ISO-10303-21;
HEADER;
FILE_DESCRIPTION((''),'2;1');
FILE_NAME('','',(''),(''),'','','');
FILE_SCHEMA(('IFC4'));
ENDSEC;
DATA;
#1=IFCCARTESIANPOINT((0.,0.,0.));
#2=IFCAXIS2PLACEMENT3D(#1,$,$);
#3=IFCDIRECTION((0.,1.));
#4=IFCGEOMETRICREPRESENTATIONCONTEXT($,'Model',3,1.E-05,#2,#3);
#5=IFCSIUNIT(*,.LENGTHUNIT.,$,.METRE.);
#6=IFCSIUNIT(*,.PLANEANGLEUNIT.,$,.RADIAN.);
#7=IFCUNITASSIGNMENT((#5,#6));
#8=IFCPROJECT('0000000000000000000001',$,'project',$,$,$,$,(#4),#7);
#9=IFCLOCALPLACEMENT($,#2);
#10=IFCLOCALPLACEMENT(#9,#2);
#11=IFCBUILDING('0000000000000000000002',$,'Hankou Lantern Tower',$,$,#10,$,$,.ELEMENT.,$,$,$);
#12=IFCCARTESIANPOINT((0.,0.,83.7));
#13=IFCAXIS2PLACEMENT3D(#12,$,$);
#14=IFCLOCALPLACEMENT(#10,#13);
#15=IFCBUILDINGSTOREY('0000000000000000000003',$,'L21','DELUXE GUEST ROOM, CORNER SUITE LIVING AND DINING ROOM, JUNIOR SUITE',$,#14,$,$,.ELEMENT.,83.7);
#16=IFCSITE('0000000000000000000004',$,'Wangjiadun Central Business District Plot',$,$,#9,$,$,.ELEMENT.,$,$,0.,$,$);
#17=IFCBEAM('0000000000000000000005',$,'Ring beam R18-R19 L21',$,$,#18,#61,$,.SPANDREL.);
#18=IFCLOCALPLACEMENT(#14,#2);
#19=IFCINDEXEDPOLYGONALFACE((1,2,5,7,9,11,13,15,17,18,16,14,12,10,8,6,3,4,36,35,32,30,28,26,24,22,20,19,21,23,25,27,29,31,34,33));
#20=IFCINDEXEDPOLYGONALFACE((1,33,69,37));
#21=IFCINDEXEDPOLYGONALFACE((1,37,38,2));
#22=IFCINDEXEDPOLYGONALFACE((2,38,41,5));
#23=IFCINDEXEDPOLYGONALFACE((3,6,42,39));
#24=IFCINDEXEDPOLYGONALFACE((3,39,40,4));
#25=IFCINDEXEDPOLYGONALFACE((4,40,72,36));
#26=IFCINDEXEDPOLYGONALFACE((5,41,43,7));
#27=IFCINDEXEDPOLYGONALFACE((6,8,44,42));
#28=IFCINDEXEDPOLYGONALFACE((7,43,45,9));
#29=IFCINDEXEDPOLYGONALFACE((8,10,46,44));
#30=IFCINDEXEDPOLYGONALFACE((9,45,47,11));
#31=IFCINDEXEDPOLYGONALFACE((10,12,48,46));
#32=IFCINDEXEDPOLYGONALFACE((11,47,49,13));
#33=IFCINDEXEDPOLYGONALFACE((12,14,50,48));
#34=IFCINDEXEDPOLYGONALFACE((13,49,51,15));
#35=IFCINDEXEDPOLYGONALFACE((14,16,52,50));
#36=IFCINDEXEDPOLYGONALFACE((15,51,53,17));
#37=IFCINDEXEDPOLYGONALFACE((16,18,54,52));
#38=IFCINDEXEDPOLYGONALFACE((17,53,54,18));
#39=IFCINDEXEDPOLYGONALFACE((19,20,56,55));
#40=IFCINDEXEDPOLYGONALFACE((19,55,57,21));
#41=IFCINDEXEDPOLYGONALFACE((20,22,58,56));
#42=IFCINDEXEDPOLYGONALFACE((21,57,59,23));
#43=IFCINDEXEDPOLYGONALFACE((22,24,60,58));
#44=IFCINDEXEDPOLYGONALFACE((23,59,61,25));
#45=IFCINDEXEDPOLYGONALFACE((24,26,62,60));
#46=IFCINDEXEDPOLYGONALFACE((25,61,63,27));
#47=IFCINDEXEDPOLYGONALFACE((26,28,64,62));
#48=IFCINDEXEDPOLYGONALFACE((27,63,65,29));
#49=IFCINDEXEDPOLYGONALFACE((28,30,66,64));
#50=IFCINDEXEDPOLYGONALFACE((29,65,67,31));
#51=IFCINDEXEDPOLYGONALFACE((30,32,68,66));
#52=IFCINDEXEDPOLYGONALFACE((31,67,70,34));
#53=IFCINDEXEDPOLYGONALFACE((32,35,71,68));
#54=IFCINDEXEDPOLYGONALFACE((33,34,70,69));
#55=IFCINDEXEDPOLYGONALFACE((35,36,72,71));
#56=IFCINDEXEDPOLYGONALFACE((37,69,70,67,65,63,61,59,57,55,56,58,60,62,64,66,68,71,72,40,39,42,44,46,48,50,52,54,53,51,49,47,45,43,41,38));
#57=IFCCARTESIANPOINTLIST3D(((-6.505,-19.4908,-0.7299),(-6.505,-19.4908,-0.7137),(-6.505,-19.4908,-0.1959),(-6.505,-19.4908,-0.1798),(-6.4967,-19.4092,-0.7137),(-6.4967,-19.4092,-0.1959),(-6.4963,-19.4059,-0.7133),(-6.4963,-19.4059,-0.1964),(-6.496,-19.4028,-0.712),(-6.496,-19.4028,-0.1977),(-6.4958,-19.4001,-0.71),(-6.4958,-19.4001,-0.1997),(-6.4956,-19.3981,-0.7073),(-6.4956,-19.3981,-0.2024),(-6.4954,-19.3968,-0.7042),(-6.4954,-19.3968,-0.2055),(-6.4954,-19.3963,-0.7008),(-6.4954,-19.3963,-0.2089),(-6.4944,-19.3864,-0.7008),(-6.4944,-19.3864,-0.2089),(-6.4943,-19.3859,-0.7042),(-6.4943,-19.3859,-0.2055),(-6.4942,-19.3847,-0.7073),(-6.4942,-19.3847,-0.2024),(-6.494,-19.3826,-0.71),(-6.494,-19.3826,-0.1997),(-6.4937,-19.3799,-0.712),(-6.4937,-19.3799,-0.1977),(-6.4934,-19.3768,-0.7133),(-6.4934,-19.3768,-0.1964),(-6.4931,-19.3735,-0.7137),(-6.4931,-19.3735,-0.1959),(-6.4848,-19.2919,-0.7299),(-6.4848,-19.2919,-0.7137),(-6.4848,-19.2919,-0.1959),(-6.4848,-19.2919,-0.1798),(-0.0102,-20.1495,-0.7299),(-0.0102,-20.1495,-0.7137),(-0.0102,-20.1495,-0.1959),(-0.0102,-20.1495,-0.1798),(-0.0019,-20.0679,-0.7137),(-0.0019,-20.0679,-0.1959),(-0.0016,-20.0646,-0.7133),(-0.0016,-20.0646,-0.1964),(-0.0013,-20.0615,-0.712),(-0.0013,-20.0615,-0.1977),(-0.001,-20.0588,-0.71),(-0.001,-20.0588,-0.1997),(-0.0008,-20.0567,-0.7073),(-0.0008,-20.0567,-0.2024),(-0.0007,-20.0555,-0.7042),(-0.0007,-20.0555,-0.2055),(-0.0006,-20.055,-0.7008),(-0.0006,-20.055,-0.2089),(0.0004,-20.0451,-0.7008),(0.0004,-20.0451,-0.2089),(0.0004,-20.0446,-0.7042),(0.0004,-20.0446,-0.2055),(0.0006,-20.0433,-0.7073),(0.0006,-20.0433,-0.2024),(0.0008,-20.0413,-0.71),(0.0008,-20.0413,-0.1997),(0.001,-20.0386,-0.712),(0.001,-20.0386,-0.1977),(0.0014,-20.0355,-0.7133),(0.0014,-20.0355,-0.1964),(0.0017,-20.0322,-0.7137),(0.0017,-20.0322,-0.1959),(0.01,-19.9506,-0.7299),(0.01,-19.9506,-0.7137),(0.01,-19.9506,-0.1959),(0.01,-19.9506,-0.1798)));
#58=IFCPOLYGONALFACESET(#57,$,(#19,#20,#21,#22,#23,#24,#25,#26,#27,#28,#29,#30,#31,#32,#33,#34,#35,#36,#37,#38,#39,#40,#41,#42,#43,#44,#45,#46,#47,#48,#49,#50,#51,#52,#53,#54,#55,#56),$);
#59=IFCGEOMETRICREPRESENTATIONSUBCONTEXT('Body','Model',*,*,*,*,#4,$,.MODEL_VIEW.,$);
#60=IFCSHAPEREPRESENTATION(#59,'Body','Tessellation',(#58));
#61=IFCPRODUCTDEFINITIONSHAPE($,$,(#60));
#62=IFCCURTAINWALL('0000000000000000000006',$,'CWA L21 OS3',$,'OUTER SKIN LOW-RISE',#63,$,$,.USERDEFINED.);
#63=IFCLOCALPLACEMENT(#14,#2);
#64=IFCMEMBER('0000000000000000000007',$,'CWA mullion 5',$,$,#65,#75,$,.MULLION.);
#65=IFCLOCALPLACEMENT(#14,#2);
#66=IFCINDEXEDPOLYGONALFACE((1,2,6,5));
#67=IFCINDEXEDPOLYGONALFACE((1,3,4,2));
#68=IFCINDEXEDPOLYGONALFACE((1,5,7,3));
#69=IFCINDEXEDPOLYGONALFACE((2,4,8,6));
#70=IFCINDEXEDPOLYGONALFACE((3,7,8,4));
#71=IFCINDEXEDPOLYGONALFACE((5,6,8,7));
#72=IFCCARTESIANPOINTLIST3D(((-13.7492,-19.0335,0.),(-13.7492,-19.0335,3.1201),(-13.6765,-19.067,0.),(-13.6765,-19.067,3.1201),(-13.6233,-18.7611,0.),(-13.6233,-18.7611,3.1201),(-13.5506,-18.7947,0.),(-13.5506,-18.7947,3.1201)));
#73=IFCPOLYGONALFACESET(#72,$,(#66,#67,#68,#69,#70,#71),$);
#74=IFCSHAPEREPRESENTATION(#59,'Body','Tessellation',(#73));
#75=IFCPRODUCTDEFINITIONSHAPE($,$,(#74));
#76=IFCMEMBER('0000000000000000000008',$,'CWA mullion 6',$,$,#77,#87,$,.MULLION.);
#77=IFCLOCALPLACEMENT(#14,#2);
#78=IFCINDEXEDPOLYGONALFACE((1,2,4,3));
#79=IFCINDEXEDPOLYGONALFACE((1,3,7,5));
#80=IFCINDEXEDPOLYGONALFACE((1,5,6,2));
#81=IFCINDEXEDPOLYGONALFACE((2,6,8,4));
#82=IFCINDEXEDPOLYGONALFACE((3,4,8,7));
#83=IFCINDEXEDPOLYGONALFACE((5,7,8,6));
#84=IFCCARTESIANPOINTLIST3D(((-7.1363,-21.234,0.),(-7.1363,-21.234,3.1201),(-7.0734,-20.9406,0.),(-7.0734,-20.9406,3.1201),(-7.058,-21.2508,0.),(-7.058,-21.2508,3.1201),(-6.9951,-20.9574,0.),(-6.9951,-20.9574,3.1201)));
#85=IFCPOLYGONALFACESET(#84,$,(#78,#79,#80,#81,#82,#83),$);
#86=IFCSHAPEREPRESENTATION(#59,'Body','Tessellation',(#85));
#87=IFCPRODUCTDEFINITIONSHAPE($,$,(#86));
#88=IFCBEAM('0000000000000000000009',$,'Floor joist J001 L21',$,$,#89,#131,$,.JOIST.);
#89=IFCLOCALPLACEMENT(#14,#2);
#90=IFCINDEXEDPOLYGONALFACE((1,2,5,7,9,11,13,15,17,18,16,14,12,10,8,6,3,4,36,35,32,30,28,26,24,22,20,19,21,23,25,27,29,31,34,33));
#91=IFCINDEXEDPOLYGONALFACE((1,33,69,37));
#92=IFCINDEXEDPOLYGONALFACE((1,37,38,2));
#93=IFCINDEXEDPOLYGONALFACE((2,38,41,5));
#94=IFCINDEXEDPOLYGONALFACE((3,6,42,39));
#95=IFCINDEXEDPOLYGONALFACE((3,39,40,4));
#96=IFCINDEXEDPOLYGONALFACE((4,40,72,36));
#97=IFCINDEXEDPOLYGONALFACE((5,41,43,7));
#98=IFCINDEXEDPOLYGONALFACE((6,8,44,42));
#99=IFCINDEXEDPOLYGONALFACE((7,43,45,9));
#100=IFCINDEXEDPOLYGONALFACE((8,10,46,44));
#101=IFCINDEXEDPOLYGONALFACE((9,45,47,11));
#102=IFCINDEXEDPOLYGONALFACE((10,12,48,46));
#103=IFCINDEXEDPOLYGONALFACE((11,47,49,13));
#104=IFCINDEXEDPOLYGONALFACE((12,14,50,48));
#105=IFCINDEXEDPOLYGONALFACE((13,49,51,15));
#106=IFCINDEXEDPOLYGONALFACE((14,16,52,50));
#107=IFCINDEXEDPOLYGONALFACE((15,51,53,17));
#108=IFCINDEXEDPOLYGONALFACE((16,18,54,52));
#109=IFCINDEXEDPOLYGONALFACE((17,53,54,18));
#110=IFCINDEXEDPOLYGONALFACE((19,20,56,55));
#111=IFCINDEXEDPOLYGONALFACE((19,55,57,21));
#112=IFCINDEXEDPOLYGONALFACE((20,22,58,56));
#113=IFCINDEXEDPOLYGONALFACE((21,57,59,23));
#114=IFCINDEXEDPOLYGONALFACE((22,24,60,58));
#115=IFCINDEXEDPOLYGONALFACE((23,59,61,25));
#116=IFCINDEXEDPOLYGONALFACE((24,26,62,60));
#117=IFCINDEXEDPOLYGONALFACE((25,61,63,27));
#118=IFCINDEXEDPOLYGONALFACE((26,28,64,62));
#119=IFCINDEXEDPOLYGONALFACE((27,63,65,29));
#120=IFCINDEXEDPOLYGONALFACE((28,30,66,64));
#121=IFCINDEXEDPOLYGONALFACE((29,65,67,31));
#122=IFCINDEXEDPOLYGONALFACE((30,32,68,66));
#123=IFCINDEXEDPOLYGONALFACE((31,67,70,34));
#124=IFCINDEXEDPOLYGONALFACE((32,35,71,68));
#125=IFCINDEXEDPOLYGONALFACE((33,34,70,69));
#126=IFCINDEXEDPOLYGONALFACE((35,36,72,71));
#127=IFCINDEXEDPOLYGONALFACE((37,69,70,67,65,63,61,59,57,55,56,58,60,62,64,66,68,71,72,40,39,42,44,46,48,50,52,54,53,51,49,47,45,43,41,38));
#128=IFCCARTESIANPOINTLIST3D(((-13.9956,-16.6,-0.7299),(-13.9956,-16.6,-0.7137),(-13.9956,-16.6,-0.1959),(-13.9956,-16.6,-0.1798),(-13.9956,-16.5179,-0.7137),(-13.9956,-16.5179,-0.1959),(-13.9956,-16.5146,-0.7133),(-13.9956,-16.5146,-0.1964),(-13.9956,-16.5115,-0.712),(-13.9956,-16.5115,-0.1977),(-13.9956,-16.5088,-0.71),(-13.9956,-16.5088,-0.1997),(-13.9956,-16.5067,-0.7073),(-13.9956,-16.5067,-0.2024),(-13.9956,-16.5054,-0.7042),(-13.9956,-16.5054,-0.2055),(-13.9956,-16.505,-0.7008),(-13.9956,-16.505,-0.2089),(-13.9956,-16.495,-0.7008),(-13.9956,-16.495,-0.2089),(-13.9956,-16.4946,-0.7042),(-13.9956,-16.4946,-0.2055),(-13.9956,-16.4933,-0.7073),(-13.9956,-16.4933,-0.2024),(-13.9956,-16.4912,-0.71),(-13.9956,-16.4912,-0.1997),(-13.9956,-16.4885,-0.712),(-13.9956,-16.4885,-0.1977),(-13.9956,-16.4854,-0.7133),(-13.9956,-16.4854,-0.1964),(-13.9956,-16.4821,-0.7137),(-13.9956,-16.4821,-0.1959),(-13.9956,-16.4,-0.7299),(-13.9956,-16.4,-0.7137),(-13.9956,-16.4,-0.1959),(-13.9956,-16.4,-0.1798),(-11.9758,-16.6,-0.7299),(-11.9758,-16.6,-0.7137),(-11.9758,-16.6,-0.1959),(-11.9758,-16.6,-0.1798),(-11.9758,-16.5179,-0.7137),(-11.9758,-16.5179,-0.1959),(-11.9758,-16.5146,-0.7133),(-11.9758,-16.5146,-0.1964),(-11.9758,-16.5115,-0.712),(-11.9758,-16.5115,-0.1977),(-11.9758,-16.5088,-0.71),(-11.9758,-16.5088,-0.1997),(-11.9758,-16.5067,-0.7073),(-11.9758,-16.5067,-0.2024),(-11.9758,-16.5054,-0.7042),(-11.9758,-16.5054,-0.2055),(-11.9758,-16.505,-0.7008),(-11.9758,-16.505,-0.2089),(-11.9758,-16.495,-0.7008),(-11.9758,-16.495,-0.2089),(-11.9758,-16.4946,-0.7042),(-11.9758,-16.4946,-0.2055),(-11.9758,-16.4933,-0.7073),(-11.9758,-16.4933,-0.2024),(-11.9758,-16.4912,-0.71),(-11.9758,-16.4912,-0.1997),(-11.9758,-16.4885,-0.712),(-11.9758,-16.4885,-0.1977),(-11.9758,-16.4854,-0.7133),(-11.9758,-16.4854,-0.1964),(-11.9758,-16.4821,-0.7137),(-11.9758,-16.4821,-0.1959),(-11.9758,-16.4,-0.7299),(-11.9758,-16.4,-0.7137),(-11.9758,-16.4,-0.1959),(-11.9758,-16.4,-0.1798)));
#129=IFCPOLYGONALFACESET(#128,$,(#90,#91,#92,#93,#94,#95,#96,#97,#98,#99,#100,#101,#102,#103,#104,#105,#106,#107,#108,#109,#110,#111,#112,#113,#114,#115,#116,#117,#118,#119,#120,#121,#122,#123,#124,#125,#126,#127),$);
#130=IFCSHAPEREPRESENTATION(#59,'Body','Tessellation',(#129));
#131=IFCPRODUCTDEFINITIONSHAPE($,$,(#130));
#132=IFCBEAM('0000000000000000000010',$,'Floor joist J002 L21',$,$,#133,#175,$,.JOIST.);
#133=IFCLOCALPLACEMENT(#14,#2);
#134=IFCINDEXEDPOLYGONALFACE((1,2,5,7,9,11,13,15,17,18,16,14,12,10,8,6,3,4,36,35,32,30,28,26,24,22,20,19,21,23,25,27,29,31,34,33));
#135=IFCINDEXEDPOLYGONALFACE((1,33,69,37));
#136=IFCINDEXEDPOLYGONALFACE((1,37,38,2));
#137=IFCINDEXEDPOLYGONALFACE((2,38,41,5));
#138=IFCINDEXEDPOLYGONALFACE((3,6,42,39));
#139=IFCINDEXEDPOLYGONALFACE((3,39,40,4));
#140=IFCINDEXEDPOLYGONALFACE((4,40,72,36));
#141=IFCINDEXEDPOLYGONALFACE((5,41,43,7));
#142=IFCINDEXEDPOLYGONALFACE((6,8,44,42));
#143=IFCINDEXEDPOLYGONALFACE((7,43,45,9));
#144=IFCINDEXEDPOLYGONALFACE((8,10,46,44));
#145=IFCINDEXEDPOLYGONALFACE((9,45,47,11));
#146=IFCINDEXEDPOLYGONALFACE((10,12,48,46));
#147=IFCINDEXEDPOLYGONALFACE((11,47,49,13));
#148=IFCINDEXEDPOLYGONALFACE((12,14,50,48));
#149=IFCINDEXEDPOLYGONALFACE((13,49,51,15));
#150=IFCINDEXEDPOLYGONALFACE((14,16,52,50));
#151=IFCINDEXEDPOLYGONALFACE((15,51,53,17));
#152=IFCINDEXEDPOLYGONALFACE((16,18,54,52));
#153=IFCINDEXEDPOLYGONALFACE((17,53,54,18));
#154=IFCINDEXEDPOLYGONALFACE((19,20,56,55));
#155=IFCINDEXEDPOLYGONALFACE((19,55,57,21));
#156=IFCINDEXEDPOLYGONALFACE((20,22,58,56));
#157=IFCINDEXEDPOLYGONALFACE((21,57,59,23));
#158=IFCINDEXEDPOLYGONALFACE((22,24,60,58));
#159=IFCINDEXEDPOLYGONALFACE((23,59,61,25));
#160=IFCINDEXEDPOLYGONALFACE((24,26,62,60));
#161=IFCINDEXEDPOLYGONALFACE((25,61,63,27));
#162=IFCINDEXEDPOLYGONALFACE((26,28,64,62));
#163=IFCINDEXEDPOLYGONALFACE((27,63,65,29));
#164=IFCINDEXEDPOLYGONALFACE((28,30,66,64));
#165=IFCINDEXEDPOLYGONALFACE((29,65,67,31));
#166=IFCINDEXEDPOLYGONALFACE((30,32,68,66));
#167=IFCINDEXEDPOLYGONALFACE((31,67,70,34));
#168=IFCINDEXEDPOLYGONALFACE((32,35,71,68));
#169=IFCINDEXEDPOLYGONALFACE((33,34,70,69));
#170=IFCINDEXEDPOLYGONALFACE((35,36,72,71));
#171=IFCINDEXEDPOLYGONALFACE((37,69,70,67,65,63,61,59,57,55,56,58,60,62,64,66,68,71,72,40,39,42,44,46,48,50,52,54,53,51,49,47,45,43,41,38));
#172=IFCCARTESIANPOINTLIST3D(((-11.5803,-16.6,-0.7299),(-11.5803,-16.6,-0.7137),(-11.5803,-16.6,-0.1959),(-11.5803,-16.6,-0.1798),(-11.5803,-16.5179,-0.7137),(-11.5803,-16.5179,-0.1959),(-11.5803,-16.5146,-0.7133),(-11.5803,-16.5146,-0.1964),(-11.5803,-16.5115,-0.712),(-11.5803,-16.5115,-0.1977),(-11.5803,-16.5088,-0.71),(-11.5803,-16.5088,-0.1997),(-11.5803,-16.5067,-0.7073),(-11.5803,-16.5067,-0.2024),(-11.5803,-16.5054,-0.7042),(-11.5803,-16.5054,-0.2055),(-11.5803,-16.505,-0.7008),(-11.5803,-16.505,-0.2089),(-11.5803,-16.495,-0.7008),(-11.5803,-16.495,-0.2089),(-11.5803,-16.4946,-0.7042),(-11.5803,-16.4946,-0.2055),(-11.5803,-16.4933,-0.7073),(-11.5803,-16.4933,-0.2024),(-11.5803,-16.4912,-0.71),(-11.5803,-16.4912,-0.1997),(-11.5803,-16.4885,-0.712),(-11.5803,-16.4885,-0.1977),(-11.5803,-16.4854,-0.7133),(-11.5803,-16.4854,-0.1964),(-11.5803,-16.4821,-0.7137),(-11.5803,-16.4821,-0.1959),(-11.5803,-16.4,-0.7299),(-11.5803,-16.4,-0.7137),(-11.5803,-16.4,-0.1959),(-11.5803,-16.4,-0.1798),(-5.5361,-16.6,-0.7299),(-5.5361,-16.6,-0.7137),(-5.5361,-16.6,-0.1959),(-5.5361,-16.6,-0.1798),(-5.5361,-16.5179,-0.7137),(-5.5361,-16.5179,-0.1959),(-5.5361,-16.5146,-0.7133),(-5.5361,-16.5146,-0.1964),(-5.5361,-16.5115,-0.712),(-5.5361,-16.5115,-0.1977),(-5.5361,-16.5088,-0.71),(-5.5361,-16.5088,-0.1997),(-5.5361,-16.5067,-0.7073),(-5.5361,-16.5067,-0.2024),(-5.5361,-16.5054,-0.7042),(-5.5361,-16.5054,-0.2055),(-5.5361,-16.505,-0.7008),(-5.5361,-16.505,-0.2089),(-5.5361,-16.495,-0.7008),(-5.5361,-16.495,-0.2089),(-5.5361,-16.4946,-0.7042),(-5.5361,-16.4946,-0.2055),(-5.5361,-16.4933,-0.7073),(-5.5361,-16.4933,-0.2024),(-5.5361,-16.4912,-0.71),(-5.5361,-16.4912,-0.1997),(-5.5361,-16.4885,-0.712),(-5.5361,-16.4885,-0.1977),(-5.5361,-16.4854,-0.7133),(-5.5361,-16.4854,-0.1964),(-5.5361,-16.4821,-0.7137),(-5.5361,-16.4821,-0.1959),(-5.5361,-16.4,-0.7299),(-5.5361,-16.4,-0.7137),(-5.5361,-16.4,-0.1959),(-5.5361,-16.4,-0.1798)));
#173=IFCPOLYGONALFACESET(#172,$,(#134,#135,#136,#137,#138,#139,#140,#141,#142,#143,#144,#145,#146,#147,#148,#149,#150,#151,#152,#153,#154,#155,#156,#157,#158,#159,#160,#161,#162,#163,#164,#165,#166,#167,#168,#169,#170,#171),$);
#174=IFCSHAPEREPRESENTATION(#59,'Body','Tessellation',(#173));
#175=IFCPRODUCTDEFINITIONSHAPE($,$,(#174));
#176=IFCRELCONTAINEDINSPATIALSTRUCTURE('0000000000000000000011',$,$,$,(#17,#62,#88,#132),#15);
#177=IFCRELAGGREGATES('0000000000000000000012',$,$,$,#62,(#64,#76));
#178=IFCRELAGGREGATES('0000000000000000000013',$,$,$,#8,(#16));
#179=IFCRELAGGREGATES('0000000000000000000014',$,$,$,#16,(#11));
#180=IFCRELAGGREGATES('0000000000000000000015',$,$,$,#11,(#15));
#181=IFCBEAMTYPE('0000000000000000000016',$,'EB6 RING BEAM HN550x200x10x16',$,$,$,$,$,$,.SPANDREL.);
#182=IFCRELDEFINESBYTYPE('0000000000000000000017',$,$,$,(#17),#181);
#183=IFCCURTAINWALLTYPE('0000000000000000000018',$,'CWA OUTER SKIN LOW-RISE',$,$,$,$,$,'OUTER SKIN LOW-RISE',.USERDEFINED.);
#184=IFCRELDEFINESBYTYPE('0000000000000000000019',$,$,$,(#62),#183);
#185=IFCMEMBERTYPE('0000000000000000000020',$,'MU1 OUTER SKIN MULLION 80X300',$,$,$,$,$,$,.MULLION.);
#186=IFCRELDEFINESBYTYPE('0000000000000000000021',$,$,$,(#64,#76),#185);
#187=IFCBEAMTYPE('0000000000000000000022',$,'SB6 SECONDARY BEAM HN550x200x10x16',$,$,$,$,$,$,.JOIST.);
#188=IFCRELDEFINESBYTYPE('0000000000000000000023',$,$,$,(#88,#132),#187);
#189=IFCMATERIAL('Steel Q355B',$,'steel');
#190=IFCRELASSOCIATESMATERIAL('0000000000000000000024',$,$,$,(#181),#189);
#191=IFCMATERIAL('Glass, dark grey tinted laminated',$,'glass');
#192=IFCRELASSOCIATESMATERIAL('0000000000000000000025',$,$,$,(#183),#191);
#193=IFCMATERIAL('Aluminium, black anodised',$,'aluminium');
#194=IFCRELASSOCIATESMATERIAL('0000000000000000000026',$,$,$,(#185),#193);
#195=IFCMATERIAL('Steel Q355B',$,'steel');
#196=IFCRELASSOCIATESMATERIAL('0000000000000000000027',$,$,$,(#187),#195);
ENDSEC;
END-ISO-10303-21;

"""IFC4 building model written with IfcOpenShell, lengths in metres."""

from ifc_helpers import new_model, si_unit, direction, frame, origin, origin_2d, place, context, subcontext, project, spatial, rectangle, i_section, extrude, material, material_profile, profile_set, type_object, element, aggregate, save


model = new_model("IFC4")

# Units and contexts
model_context = context("Model", 3, precision=1e-05, world=origin(), true_north=direction((0.0, 1.0)))
body_context = subcontext(model_context, "Body", "Model", "MODEL_VIEW")
ifc_project = project(units=[si_unit("LENGTHUNIT", "METRE"), si_unit("PLANEANGLEUNIT", "RADIAN")], contexts=[model_context])

# Site, building, storey
site_placement = place(None, origin())
site = spatial("IfcSite", under=ifc_project, at=site_placement, Name="Wangjiadun Central Business District Plot", CompositionType="ELEMENT", RefElevation=0.0)
building_placement = place(site_placement, origin())
building = spatial("IfcBuilding", under=site, at=building_placement, Name="Hankou Lantern Tower", CompositionType="ELEMENT")
storey_placement = place(building_placement, frame((0.0, 0.0, 83.7)))
storey = spatial("IfcBuildingStorey", under=building, at=storey_placement, Name="L21", Description="DELUXE GUEST ROOM, CORNER SUITE LIVING AND DINING ROOM, JUNIOR SUITE", CompositionType="ELEMENT", Elevation=83.7)

# Beam
ifc_material_1 = material(Name="Steel Q355B", Category="steel")
ifc_material_profile_1 = material_profile(ifc_material_1, i_section(OverallWidth=0.2, OverallDepth=0.55, WebThickness=0.01, FlangeThickness=0.0161, FilletRadius=0.0129, at=origin_2d()), Name="HN550x200x10x16")
ifc_profile_set_1 = profile_set([ifc_material_profile_1], Name="Steel Q355B")
beam_type_1 = type_object("IfcBeamType", Name="EB6 RING BEAM HN550x200x10x16", PredefinedType="SPANDREL", material=ifc_profile_set_1)
beam_1_placement = place(storey_placement, frame((-6.4949, -19.3914, -0.4548), z_axis=(0.994897, -0.1009, 0.0), x_axis=(0.1009, 0.994897, 0.0)))
element("IfcBeam", 1, at=beam_1_placement, inside=storey, type_object=beam_type_1, Name="Ring beam R18-R19 L21", PredefinedType="SPANDREL", context=body_context, shape_type="SweptSolid", body=[
    extrude(i_section(OverallWidth=0.2, OverallDepth=0.55, WebThickness=0.01, FlangeThickness=0.0161, FilletRadius=0.0129, at=origin_2d()), origin(), (0.0, 0.0, 1.0), 6.5281),
])

# Curtain wall, members
ifc_material_2 = material(Name="Glass, dark grey tinted laminated", Category="glass")
curtain_wall_type = type_object("IfcCurtainWallType", Name="CWA OUTER SKIN LOW-RISE", ElementType="OUTER SKIN LOW-RISE", PredefinedType="USERDEFINED", material=ifc_material_2)
curtain_wall_placement = place(storey_placement, origin())
curtain_wall = element("IfcCurtainWall", 2, at=curtain_wall_placement, inside=storey, type_object=curtain_wall_type, Name="CWA L21 OS3", ObjectType="OUTER SKIN LOW-RISE", PredefinedType="USERDEFINED")
ifc_material_3 = material(Name="Aluminium, black anodised", Category="aluminium")
ifc_material_profile_2 = material_profile(ifc_material_3, rectangle(XDim=0.0801, YDim=0.3, at=origin_2d()), Name="MU1 80X300")
ifc_profile_set_2 = profile_set([ifc_material_profile_2], Name="Aluminium, black anodised")
member_type_1 = type_object("IfcMemberType", Name="MU1 OUTER SKIN MULLION 80X300", PredefinedType="MULLION", material=ifc_profile_set_2)
member_1_placement = place(storey_placement, frame((-13.6499, -18.9141, 0.0), z_axis=(0.0, 0.0, 1.0), x_axis=(0.907841, -0.419314, 0.0)))
member_1 = element("IfcMember", 3, at=member_1_placement, type_object=member_type_1, Name="CWA mullion 5", PredefinedType="MULLION", context=body_context, shape_type="SweptSolid", body=[
    extrude(rectangle(XDim=0.0801, YDim=0.3, at=origin_2d()), origin(), (0.0, 0.0, 1.0), 3.1201),
])
member_2_placement = place(storey_placement, frame((-7.0657, -21.0957, 0.0), z_axis=(0.0, 0.0, 1.0), x_axis=(0.977788, -0.209598, 0.0)))
member_2 = element("IfcMember", 4, at=member_2_placement, type_object=member_type_1, Name="CWA mullion 6", PredefinedType="MULLION", context=body_context, shape_type="SweptSolid", body=[
    extrude(rectangle(XDim=0.0801, YDim=0.3, at=origin_2d()), origin(), (0.0, 0.0, 1.0), 3.1201),
])

# Beams
ifc_material_4 = material(Name="Steel Q355B", Category="steel")
ifc_material_profile_3 = material_profile(ifc_material_4, i_section(OverallWidth=0.2, OverallDepth=0.55, WebThickness=0.01, FlangeThickness=0.0161, FilletRadius=0.0129, at=origin_2d()), Name="HN550x200x10x16")
ifc_profile_set_3 = profile_set([ifc_material_profile_3], Name="Steel Q355B")
beam_type_2 = type_object("IfcBeamType", Name="SB6 SECONDARY BEAM HN550x200x10x16", PredefinedType="JOIST", material=ifc_profile_set_3)
beam_2_placement = place(storey_placement, frame((-13.9956, -16.5, -0.4548), z_axis=(1.0, 0.0, 0.0), x_axis=(0.0, 1.0, 0.0)))
element("IfcBeam", 5, at=beam_2_placement, inside=storey, type_object=beam_type_2, Name="Floor joist J001 L21", PredefinedType="JOIST", context=body_context, shape_type="SweptSolid", body=[
    extrude(i_section(OverallWidth=0.2, OverallDepth=0.55, WebThickness=0.01, FlangeThickness=0.0161, FilletRadius=0.0129, at=origin_2d()), origin(), (0.0, 0.0, 1.0), 2.0198),
])
beam_3_placement = place(storey_placement, frame((-11.5803, -16.5, -0.4548), z_axis=(1.0, 0.0, 0.0), x_axis=(0.0, 1.0, 0.0)))
element("IfcBeam", 6, at=beam_3_placement, inside=storey, type_object=beam_type_2, Name="Floor joist J002 L21", PredefinedType="JOIST", context=body_context, shape_type="SweptSolid", body=[
    extrude(i_section(OverallWidth=0.2, OverallDepth=0.55, WebThickness=0.01, FlangeThickness=0.0161, FilletRadius=0.0129, at=origin_2d()), origin(), (0.0, 0.0, 1.0), 6.0442),
])

aggregate(curtain_wall, [member_1, member_2])

save(model, "model.ifc")
